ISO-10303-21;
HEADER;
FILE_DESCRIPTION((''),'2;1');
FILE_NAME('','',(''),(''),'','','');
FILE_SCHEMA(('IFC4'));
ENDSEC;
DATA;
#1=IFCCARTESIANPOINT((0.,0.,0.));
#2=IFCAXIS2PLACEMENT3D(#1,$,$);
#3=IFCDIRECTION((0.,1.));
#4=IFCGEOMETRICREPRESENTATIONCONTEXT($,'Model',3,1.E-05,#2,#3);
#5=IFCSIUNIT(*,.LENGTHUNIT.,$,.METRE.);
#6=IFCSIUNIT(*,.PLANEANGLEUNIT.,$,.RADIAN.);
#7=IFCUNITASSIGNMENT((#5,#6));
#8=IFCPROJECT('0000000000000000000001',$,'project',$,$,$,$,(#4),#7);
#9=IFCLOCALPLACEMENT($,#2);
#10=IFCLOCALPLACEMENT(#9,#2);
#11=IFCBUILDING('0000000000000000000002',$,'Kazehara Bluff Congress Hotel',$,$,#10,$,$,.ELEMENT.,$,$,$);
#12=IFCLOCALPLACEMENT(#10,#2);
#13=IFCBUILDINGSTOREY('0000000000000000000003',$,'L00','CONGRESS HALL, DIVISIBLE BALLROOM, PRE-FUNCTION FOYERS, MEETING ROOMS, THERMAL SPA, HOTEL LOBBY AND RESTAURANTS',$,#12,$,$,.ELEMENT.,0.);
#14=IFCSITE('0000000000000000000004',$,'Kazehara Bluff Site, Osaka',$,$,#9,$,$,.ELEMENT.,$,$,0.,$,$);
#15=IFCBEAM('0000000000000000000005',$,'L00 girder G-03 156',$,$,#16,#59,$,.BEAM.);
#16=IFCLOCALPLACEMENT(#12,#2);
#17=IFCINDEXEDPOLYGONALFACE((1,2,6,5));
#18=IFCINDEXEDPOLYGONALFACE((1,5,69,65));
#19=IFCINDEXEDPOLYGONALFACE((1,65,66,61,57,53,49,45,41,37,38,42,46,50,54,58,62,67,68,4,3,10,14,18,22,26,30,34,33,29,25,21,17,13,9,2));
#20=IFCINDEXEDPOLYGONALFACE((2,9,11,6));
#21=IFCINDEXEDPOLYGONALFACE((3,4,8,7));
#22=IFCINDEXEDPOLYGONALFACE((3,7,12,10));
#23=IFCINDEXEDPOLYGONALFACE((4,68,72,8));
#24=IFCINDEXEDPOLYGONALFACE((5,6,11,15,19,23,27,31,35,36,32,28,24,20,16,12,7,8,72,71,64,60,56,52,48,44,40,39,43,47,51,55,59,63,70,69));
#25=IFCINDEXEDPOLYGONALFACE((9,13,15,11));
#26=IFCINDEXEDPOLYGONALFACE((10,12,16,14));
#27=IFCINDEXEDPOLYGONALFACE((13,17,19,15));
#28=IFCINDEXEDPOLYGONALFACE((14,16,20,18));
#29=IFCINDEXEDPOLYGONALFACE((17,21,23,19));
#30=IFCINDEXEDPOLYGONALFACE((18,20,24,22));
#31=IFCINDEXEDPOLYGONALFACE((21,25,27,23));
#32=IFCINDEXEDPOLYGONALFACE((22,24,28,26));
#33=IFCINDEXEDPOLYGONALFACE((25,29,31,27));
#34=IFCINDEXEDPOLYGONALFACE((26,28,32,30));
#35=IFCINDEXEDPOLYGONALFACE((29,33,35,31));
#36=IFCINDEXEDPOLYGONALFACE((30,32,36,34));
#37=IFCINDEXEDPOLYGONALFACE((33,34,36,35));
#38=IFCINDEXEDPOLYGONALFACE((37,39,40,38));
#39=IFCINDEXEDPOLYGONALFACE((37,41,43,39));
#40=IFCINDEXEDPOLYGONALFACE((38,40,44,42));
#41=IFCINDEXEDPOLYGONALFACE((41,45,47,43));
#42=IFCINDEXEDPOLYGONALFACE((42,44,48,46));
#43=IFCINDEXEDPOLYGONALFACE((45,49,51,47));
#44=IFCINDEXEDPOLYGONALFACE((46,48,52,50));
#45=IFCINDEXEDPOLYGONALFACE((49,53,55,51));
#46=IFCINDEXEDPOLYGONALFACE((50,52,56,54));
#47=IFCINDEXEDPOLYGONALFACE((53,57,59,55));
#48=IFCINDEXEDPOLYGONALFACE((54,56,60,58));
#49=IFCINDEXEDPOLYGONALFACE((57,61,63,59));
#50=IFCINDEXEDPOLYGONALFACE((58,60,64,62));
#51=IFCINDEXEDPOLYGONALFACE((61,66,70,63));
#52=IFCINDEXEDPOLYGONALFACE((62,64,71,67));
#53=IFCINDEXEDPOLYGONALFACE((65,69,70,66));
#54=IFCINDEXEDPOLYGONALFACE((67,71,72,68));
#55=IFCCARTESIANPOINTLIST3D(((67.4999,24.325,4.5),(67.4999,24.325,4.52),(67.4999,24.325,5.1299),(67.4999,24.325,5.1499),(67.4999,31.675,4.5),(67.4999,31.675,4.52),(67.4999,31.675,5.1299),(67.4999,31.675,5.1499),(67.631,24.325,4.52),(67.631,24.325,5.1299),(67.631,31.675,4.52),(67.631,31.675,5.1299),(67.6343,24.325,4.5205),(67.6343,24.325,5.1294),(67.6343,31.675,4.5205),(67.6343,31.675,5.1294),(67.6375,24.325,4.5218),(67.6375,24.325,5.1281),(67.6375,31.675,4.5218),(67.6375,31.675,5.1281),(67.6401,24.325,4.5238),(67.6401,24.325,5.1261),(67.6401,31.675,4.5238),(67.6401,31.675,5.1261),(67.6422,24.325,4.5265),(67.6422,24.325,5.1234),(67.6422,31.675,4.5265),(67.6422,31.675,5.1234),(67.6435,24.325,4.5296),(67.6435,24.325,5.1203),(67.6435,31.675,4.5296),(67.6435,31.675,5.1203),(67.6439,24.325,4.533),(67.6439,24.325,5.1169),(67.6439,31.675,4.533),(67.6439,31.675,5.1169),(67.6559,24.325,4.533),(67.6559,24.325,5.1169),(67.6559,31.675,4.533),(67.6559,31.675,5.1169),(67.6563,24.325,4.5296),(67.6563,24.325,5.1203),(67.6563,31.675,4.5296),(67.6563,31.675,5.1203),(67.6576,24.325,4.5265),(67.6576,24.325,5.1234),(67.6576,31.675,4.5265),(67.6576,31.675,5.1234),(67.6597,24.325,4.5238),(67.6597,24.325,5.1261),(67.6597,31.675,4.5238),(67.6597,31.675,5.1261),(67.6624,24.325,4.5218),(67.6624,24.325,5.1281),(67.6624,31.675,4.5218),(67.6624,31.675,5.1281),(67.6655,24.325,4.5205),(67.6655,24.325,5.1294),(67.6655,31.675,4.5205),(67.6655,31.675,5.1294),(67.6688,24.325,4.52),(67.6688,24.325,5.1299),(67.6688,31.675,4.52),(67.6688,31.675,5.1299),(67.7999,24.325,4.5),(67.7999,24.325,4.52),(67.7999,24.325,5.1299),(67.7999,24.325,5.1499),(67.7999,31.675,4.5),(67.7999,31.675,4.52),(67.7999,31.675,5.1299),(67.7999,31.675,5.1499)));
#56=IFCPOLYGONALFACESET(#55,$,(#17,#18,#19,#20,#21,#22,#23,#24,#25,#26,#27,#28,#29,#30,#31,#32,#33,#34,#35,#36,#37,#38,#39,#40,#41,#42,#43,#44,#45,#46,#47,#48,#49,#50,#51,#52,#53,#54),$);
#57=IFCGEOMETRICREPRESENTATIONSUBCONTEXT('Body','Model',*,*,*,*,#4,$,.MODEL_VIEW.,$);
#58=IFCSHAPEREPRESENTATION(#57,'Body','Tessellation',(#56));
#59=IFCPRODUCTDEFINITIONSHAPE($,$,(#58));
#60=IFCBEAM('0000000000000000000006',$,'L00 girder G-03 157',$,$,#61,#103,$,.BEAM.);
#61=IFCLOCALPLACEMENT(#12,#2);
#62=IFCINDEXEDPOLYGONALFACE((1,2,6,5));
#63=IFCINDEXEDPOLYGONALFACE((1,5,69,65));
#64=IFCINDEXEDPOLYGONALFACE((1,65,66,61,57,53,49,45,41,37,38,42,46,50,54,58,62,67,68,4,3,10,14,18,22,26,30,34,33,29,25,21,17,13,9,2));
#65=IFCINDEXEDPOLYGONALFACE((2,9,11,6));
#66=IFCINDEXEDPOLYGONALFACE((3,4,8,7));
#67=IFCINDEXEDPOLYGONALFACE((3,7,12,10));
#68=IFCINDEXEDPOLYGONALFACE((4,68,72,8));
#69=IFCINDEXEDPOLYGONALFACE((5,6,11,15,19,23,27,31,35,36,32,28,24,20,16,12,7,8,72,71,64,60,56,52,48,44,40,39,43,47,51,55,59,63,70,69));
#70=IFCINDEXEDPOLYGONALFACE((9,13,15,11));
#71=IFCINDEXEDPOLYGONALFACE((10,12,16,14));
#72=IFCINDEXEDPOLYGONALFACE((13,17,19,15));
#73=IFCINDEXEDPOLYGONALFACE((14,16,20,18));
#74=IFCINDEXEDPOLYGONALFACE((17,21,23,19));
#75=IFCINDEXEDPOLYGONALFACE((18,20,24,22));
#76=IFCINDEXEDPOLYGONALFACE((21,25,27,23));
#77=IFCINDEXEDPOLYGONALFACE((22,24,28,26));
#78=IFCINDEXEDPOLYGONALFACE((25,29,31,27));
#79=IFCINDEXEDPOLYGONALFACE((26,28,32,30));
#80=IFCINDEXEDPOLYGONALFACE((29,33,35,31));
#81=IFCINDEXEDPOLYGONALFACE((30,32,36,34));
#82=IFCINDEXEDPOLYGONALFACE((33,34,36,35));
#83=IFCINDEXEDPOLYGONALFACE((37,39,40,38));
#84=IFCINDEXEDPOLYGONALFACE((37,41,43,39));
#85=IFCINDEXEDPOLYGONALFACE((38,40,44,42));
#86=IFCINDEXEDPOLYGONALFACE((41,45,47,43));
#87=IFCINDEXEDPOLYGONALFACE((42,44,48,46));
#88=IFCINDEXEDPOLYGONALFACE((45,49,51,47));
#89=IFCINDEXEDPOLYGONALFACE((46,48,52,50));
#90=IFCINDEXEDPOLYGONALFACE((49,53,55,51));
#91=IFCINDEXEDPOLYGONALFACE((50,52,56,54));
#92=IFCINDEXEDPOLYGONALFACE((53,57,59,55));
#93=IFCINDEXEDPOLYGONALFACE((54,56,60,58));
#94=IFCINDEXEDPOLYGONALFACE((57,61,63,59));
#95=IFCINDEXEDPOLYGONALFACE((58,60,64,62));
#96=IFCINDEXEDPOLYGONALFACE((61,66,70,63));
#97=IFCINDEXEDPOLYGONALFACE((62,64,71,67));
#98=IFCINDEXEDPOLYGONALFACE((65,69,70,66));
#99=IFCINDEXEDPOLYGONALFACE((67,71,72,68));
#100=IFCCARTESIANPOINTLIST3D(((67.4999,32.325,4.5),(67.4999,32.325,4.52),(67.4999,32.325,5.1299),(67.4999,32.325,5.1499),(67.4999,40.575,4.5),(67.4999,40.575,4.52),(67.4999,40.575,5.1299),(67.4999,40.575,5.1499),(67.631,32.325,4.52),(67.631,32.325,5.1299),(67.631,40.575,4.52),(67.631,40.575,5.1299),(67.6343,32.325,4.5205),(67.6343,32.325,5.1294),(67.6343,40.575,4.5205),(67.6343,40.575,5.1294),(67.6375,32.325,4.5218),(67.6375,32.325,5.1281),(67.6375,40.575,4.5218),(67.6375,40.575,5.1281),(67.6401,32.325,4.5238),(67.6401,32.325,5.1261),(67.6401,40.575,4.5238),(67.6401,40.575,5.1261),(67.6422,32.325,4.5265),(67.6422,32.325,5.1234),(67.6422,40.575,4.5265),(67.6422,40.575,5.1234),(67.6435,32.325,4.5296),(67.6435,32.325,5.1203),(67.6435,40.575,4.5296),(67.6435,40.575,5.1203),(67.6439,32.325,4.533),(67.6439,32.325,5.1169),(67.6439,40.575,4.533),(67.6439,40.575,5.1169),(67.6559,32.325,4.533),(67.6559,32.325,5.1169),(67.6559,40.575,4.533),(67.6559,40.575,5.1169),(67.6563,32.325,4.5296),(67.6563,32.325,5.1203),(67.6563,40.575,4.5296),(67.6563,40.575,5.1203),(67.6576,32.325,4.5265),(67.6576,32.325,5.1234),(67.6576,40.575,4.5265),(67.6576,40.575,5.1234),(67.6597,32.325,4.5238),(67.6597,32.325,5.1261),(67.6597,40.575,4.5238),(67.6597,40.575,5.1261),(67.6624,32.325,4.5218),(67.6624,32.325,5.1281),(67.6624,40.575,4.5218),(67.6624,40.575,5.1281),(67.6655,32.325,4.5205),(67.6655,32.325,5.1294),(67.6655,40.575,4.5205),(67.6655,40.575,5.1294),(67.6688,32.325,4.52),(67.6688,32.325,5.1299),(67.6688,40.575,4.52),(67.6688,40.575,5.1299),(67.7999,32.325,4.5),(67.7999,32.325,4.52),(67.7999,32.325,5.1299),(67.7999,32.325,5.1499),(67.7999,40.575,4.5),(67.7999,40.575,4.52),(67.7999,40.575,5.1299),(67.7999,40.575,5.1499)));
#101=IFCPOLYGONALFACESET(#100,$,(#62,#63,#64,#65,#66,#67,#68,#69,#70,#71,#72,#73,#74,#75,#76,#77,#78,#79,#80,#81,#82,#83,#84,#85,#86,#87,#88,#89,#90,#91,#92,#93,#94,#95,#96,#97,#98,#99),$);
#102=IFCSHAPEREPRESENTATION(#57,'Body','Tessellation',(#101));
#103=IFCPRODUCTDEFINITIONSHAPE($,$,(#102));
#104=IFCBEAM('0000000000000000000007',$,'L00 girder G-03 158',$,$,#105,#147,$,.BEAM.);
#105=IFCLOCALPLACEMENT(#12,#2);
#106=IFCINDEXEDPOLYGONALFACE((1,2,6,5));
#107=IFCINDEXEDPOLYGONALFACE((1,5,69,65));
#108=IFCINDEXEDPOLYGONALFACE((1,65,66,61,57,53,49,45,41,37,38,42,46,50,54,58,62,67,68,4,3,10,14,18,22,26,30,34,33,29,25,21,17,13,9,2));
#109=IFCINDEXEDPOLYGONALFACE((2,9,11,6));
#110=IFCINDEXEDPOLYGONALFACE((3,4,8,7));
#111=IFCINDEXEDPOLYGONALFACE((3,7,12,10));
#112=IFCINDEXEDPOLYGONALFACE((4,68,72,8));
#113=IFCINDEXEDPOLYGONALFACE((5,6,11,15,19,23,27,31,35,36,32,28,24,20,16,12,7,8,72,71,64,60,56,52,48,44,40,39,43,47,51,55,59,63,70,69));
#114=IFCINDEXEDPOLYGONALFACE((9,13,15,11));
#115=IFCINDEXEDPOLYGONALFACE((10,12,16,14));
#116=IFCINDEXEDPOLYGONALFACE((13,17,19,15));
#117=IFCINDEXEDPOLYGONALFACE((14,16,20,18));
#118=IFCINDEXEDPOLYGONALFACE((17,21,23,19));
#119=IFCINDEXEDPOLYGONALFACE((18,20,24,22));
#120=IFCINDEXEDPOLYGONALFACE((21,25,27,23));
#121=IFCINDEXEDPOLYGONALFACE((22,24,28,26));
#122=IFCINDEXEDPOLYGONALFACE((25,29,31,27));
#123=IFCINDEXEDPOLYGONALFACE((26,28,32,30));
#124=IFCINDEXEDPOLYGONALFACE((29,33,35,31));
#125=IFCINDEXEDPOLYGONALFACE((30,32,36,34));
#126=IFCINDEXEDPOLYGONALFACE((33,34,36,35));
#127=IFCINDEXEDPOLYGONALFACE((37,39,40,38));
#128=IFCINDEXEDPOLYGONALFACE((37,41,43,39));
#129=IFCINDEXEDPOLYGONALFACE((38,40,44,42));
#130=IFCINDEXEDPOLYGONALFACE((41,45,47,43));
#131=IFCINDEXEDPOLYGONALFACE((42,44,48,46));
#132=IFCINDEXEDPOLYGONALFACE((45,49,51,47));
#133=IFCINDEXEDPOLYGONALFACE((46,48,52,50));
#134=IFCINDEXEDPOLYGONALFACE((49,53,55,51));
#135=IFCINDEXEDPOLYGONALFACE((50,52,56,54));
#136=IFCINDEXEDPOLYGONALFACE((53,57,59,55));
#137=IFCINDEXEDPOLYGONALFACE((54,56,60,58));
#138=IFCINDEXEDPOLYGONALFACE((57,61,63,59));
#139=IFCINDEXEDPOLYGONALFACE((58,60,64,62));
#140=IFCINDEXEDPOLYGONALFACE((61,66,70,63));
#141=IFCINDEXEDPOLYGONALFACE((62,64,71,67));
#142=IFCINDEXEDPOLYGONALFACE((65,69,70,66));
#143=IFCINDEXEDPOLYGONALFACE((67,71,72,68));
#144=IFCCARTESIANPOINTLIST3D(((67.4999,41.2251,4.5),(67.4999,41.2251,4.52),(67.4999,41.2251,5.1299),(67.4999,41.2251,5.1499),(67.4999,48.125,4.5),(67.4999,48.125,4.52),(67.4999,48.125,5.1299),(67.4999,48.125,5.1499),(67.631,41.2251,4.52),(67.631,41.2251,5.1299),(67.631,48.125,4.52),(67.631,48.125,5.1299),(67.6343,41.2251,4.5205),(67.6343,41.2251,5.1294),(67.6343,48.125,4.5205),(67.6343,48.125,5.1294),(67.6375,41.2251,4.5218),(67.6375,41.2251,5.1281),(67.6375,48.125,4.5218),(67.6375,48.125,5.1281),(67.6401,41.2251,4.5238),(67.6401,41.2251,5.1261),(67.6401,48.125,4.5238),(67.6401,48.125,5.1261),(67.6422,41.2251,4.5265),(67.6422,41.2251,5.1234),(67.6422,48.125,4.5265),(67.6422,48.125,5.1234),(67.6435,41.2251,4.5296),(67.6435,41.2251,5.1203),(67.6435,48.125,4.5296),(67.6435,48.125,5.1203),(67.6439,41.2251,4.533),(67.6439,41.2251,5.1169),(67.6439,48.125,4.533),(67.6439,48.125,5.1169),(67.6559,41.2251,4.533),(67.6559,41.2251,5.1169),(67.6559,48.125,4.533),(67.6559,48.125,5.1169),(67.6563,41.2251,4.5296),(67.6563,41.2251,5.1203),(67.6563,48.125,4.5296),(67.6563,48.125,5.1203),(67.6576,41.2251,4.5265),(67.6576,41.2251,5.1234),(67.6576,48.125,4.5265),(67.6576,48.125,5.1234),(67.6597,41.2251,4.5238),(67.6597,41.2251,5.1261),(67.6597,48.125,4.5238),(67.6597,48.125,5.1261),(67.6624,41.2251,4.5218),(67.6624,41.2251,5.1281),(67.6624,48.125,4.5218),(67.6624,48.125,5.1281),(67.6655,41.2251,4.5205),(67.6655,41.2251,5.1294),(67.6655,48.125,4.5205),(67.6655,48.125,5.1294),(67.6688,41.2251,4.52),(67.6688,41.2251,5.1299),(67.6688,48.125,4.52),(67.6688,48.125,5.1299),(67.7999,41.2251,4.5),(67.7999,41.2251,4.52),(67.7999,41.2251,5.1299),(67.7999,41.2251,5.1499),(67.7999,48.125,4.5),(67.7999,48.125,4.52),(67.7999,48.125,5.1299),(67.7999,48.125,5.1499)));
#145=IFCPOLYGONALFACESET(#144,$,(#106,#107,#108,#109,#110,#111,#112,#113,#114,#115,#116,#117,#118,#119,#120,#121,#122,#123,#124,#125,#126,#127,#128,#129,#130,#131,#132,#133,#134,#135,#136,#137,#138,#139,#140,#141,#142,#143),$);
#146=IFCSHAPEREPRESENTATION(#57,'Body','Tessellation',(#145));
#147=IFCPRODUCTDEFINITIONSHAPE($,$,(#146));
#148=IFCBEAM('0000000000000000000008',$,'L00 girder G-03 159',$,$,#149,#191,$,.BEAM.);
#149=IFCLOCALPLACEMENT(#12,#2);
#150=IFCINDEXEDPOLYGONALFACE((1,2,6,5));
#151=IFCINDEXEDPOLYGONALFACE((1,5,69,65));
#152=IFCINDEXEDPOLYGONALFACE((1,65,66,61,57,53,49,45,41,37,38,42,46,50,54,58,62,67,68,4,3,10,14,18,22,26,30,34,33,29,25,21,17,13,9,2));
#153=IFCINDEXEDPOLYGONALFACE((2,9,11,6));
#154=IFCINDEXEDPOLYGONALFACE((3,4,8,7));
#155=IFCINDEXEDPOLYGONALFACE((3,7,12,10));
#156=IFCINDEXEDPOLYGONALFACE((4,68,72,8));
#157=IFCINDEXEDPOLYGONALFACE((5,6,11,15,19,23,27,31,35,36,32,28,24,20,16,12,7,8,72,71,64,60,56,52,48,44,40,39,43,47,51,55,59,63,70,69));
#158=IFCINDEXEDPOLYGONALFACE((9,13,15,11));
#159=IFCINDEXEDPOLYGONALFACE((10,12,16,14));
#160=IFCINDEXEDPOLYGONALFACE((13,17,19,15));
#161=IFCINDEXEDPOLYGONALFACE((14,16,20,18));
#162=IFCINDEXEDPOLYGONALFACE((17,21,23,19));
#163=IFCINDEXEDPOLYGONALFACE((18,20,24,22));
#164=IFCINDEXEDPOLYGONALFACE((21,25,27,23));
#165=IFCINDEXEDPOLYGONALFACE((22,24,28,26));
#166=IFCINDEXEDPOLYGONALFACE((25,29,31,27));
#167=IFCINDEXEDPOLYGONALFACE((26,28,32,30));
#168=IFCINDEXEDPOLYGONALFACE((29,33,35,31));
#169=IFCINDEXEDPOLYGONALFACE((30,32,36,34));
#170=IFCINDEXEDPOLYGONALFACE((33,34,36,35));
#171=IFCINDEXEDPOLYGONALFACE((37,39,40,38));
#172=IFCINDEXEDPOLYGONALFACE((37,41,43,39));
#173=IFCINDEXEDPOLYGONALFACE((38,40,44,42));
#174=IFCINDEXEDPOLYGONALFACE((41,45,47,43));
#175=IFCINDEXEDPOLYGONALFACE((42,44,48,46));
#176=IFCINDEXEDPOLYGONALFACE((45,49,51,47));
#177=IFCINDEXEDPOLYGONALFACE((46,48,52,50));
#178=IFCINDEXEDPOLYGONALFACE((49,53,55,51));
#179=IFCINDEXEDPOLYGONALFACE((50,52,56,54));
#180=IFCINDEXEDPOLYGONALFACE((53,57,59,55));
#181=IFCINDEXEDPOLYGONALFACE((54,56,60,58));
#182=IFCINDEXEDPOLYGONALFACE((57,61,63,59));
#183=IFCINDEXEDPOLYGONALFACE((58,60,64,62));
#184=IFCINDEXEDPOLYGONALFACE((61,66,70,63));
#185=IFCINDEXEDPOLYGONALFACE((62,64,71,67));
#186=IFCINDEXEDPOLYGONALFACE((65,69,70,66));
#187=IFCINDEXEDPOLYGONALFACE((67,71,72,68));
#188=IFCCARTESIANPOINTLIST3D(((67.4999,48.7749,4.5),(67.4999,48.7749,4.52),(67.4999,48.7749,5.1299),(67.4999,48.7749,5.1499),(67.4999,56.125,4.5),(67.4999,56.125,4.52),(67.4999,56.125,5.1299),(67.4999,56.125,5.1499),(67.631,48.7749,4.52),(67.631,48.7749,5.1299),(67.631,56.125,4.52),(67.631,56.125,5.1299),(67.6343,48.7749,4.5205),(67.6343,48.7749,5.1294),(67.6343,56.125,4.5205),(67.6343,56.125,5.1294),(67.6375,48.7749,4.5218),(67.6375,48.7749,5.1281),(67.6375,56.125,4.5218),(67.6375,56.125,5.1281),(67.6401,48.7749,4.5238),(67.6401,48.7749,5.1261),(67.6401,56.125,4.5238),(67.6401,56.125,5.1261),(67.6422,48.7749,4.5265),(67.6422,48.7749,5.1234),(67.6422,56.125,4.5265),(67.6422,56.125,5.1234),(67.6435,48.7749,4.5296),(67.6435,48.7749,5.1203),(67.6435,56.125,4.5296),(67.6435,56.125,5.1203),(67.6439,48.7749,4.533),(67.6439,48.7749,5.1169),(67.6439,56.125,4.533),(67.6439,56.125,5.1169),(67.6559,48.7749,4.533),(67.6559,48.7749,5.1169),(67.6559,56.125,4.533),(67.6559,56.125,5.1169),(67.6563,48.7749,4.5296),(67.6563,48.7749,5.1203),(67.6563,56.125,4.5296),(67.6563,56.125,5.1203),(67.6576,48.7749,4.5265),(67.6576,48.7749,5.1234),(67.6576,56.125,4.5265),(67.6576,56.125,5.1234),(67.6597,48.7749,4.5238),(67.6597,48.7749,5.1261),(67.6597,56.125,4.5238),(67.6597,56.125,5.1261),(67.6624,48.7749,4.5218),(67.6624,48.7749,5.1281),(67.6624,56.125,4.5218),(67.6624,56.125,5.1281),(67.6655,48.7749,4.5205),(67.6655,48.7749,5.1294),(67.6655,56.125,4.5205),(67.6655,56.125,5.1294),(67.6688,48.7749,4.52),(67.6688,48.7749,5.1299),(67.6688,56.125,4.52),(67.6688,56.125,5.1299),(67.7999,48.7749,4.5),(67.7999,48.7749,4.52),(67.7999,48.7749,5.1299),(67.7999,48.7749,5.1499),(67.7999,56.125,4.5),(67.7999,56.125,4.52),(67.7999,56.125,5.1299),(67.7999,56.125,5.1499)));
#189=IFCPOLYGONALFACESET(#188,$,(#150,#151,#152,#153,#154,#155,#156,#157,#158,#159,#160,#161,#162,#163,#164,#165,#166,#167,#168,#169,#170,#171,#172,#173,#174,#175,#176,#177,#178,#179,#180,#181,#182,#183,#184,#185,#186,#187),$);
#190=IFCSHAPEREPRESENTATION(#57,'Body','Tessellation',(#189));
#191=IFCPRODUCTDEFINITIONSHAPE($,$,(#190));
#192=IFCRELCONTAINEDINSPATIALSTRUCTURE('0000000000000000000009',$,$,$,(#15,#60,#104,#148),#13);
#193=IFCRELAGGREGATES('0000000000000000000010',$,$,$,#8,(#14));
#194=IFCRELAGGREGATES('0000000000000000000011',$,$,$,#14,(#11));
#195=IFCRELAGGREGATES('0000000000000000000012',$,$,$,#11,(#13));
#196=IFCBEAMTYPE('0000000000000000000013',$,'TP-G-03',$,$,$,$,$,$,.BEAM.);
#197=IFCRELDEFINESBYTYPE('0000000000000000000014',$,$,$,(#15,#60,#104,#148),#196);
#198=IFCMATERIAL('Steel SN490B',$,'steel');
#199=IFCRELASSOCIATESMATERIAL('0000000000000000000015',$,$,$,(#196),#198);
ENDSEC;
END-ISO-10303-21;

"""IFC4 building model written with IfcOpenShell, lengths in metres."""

from ifc_helpers import new_model, si_unit, direction, frame, origin, origin_2d, place, context, subcontext, project, spatial, i_section, extrude, material, material_profile, profile_set, type_object, element, save


model = new_model("IFC4")

# Units and contexts
model_context = context("Model", 3, precision=1e-05, world=origin(), true_north=direction((0.0, 1.0)))
body_context = subcontext(model_context, "Body", "Model", "MODEL_VIEW")
ifc_project = project(units=[si_unit("LENGTHUNIT", "METRE"), si_unit("PLANEANGLEUNIT", "RADIAN")], contexts=[model_context])

# Site, building, storey
site_placement = place(None, origin())
site = spatial("IfcSite", under=ifc_project, at=site_placement, Name="Kazehara Bluff Site, Osaka", CompositionType="ELEMENT", RefElevation=0.0)
building_placement = place(site_placement, origin())
building = spatial("IfcBuilding", under=site, at=building_placement, Name="Kazehara Bluff Congress Hotel", CompositionType="ELEMENT")
storey_placement = place(building_placement, origin())
storey = spatial("IfcBuildingStorey", under=building, at=storey_placement, Name="L00", Description="CONGRESS HALL, DIVISIBLE BALLROOM, PRE-FUNCTION FOYERS, MEETING ROOMS, THERMAL SPA, HOTEL LOBBY AND RESTAURANTS", CompositionType="ELEMENT", Elevation=0.0)

# Beams
ifc_material_1 = material(Name="Steel SN490B", Category="steel")
ifc_material_profile_1 = material_profile(ifc_material_1, i_section(OverallWidth=0.3, OverallDepth=0.6499, WebThickness=0.012, FlangeThickness=0.02, FilletRadius=0.0129, at=origin_2d()))
ifc_profile_set_1 = profile_set([ifc_material_profile_1], Name="Steel SN490B")
beam_type_1 = type_object("IfcBeamType", Name="TP-G-03", PredefinedType="BEAM", material=ifc_profile_set_1)
beam_1_placement = place(storey_placement, frame((67.6499, 24.325, 4.825), z_axis=(0.0, 1.0, 0.0), x_axis=(-1.0, 0.0, 0.0)))
element("IfcBeam", 1, at=beam_1_placement, inside=storey, type_object=beam_type_1, Name="L00 girder G-03 156", PredefinedType="BEAM", context=body_context, shape_type="SweptSolid", body=[
    extrude(i_section(OverallWidth=0.3, OverallDepth=0.6499, WebThickness=0.012, FlangeThickness=0.02, FilletRadius=0.0129, at=origin_2d()), origin(), (0.0, 0.0, 1.0), 7.3501),
])
beam_2_placement = place(storey_placement, frame((67.6499, 32.325, 4.825), z_axis=(0.0, 1.0, 0.0), x_axis=(-1.0, 0.0, 0.0)))
element("IfcBeam", 2, at=beam_2_placement, inside=storey, type_object=beam_type_1, Name="L00 girder G-03 157", PredefinedType="BEAM", context=body_context, shape_type="SweptSolid", body=[
    extrude(i_section(OverallWidth=0.3, OverallDepth=0.6499, WebThickness=0.012, FlangeThickness=0.02, FilletRadius=0.0129, at=origin_2d()), origin(), (0.0, 0.0, 1.0), 8.25),
])
beam_3_placement = place(storey_placement, frame((67.6499, 41.2251, 4.825), z_axis=(0.0, 1.0, 0.0), x_axis=(-1.0, 0.0, 0.0)))
element("IfcBeam", 3, at=beam_3_placement, inside=storey, type_object=beam_type_1, Name="L00 girder G-03 158", PredefinedType="BEAM", context=body_context, shape_type="SweptSolid", body=[
    extrude(i_section(OverallWidth=0.3, OverallDepth=0.6499, WebThickness=0.012, FlangeThickness=0.02, FilletRadius=0.0129, at=origin_2d()), origin(), (0.0, 0.0, 1.0), 6.8999),
])
for number, where, z_axis, x_axis, name in (
    (4, (67.6499, 48.7749, 4.825), (0.0, 1.0, 0.0), (-1.0, 0.0, 0.0), "L00 girder G-03 159"),
):
    element("IfcBeam", number, at=place(storey_placement, frame(where, z_axis=z_axis, x_axis=x_axis)), inside=storey, type_object=beam_type_1, Name=name, PredefinedType="BEAM", context=body_context, shape_type="SweptSolid", body=[
        extrude(i_section(OverallWidth=0.3, OverallDepth=0.6499, WebThickness=0.012, FlangeThickness=0.02, FilletRadius=0.0129, at=origin_2d()), origin(), (0.0, 0.0, 1.0), 7.3501),
    ])

save(model, "model.ifc")
